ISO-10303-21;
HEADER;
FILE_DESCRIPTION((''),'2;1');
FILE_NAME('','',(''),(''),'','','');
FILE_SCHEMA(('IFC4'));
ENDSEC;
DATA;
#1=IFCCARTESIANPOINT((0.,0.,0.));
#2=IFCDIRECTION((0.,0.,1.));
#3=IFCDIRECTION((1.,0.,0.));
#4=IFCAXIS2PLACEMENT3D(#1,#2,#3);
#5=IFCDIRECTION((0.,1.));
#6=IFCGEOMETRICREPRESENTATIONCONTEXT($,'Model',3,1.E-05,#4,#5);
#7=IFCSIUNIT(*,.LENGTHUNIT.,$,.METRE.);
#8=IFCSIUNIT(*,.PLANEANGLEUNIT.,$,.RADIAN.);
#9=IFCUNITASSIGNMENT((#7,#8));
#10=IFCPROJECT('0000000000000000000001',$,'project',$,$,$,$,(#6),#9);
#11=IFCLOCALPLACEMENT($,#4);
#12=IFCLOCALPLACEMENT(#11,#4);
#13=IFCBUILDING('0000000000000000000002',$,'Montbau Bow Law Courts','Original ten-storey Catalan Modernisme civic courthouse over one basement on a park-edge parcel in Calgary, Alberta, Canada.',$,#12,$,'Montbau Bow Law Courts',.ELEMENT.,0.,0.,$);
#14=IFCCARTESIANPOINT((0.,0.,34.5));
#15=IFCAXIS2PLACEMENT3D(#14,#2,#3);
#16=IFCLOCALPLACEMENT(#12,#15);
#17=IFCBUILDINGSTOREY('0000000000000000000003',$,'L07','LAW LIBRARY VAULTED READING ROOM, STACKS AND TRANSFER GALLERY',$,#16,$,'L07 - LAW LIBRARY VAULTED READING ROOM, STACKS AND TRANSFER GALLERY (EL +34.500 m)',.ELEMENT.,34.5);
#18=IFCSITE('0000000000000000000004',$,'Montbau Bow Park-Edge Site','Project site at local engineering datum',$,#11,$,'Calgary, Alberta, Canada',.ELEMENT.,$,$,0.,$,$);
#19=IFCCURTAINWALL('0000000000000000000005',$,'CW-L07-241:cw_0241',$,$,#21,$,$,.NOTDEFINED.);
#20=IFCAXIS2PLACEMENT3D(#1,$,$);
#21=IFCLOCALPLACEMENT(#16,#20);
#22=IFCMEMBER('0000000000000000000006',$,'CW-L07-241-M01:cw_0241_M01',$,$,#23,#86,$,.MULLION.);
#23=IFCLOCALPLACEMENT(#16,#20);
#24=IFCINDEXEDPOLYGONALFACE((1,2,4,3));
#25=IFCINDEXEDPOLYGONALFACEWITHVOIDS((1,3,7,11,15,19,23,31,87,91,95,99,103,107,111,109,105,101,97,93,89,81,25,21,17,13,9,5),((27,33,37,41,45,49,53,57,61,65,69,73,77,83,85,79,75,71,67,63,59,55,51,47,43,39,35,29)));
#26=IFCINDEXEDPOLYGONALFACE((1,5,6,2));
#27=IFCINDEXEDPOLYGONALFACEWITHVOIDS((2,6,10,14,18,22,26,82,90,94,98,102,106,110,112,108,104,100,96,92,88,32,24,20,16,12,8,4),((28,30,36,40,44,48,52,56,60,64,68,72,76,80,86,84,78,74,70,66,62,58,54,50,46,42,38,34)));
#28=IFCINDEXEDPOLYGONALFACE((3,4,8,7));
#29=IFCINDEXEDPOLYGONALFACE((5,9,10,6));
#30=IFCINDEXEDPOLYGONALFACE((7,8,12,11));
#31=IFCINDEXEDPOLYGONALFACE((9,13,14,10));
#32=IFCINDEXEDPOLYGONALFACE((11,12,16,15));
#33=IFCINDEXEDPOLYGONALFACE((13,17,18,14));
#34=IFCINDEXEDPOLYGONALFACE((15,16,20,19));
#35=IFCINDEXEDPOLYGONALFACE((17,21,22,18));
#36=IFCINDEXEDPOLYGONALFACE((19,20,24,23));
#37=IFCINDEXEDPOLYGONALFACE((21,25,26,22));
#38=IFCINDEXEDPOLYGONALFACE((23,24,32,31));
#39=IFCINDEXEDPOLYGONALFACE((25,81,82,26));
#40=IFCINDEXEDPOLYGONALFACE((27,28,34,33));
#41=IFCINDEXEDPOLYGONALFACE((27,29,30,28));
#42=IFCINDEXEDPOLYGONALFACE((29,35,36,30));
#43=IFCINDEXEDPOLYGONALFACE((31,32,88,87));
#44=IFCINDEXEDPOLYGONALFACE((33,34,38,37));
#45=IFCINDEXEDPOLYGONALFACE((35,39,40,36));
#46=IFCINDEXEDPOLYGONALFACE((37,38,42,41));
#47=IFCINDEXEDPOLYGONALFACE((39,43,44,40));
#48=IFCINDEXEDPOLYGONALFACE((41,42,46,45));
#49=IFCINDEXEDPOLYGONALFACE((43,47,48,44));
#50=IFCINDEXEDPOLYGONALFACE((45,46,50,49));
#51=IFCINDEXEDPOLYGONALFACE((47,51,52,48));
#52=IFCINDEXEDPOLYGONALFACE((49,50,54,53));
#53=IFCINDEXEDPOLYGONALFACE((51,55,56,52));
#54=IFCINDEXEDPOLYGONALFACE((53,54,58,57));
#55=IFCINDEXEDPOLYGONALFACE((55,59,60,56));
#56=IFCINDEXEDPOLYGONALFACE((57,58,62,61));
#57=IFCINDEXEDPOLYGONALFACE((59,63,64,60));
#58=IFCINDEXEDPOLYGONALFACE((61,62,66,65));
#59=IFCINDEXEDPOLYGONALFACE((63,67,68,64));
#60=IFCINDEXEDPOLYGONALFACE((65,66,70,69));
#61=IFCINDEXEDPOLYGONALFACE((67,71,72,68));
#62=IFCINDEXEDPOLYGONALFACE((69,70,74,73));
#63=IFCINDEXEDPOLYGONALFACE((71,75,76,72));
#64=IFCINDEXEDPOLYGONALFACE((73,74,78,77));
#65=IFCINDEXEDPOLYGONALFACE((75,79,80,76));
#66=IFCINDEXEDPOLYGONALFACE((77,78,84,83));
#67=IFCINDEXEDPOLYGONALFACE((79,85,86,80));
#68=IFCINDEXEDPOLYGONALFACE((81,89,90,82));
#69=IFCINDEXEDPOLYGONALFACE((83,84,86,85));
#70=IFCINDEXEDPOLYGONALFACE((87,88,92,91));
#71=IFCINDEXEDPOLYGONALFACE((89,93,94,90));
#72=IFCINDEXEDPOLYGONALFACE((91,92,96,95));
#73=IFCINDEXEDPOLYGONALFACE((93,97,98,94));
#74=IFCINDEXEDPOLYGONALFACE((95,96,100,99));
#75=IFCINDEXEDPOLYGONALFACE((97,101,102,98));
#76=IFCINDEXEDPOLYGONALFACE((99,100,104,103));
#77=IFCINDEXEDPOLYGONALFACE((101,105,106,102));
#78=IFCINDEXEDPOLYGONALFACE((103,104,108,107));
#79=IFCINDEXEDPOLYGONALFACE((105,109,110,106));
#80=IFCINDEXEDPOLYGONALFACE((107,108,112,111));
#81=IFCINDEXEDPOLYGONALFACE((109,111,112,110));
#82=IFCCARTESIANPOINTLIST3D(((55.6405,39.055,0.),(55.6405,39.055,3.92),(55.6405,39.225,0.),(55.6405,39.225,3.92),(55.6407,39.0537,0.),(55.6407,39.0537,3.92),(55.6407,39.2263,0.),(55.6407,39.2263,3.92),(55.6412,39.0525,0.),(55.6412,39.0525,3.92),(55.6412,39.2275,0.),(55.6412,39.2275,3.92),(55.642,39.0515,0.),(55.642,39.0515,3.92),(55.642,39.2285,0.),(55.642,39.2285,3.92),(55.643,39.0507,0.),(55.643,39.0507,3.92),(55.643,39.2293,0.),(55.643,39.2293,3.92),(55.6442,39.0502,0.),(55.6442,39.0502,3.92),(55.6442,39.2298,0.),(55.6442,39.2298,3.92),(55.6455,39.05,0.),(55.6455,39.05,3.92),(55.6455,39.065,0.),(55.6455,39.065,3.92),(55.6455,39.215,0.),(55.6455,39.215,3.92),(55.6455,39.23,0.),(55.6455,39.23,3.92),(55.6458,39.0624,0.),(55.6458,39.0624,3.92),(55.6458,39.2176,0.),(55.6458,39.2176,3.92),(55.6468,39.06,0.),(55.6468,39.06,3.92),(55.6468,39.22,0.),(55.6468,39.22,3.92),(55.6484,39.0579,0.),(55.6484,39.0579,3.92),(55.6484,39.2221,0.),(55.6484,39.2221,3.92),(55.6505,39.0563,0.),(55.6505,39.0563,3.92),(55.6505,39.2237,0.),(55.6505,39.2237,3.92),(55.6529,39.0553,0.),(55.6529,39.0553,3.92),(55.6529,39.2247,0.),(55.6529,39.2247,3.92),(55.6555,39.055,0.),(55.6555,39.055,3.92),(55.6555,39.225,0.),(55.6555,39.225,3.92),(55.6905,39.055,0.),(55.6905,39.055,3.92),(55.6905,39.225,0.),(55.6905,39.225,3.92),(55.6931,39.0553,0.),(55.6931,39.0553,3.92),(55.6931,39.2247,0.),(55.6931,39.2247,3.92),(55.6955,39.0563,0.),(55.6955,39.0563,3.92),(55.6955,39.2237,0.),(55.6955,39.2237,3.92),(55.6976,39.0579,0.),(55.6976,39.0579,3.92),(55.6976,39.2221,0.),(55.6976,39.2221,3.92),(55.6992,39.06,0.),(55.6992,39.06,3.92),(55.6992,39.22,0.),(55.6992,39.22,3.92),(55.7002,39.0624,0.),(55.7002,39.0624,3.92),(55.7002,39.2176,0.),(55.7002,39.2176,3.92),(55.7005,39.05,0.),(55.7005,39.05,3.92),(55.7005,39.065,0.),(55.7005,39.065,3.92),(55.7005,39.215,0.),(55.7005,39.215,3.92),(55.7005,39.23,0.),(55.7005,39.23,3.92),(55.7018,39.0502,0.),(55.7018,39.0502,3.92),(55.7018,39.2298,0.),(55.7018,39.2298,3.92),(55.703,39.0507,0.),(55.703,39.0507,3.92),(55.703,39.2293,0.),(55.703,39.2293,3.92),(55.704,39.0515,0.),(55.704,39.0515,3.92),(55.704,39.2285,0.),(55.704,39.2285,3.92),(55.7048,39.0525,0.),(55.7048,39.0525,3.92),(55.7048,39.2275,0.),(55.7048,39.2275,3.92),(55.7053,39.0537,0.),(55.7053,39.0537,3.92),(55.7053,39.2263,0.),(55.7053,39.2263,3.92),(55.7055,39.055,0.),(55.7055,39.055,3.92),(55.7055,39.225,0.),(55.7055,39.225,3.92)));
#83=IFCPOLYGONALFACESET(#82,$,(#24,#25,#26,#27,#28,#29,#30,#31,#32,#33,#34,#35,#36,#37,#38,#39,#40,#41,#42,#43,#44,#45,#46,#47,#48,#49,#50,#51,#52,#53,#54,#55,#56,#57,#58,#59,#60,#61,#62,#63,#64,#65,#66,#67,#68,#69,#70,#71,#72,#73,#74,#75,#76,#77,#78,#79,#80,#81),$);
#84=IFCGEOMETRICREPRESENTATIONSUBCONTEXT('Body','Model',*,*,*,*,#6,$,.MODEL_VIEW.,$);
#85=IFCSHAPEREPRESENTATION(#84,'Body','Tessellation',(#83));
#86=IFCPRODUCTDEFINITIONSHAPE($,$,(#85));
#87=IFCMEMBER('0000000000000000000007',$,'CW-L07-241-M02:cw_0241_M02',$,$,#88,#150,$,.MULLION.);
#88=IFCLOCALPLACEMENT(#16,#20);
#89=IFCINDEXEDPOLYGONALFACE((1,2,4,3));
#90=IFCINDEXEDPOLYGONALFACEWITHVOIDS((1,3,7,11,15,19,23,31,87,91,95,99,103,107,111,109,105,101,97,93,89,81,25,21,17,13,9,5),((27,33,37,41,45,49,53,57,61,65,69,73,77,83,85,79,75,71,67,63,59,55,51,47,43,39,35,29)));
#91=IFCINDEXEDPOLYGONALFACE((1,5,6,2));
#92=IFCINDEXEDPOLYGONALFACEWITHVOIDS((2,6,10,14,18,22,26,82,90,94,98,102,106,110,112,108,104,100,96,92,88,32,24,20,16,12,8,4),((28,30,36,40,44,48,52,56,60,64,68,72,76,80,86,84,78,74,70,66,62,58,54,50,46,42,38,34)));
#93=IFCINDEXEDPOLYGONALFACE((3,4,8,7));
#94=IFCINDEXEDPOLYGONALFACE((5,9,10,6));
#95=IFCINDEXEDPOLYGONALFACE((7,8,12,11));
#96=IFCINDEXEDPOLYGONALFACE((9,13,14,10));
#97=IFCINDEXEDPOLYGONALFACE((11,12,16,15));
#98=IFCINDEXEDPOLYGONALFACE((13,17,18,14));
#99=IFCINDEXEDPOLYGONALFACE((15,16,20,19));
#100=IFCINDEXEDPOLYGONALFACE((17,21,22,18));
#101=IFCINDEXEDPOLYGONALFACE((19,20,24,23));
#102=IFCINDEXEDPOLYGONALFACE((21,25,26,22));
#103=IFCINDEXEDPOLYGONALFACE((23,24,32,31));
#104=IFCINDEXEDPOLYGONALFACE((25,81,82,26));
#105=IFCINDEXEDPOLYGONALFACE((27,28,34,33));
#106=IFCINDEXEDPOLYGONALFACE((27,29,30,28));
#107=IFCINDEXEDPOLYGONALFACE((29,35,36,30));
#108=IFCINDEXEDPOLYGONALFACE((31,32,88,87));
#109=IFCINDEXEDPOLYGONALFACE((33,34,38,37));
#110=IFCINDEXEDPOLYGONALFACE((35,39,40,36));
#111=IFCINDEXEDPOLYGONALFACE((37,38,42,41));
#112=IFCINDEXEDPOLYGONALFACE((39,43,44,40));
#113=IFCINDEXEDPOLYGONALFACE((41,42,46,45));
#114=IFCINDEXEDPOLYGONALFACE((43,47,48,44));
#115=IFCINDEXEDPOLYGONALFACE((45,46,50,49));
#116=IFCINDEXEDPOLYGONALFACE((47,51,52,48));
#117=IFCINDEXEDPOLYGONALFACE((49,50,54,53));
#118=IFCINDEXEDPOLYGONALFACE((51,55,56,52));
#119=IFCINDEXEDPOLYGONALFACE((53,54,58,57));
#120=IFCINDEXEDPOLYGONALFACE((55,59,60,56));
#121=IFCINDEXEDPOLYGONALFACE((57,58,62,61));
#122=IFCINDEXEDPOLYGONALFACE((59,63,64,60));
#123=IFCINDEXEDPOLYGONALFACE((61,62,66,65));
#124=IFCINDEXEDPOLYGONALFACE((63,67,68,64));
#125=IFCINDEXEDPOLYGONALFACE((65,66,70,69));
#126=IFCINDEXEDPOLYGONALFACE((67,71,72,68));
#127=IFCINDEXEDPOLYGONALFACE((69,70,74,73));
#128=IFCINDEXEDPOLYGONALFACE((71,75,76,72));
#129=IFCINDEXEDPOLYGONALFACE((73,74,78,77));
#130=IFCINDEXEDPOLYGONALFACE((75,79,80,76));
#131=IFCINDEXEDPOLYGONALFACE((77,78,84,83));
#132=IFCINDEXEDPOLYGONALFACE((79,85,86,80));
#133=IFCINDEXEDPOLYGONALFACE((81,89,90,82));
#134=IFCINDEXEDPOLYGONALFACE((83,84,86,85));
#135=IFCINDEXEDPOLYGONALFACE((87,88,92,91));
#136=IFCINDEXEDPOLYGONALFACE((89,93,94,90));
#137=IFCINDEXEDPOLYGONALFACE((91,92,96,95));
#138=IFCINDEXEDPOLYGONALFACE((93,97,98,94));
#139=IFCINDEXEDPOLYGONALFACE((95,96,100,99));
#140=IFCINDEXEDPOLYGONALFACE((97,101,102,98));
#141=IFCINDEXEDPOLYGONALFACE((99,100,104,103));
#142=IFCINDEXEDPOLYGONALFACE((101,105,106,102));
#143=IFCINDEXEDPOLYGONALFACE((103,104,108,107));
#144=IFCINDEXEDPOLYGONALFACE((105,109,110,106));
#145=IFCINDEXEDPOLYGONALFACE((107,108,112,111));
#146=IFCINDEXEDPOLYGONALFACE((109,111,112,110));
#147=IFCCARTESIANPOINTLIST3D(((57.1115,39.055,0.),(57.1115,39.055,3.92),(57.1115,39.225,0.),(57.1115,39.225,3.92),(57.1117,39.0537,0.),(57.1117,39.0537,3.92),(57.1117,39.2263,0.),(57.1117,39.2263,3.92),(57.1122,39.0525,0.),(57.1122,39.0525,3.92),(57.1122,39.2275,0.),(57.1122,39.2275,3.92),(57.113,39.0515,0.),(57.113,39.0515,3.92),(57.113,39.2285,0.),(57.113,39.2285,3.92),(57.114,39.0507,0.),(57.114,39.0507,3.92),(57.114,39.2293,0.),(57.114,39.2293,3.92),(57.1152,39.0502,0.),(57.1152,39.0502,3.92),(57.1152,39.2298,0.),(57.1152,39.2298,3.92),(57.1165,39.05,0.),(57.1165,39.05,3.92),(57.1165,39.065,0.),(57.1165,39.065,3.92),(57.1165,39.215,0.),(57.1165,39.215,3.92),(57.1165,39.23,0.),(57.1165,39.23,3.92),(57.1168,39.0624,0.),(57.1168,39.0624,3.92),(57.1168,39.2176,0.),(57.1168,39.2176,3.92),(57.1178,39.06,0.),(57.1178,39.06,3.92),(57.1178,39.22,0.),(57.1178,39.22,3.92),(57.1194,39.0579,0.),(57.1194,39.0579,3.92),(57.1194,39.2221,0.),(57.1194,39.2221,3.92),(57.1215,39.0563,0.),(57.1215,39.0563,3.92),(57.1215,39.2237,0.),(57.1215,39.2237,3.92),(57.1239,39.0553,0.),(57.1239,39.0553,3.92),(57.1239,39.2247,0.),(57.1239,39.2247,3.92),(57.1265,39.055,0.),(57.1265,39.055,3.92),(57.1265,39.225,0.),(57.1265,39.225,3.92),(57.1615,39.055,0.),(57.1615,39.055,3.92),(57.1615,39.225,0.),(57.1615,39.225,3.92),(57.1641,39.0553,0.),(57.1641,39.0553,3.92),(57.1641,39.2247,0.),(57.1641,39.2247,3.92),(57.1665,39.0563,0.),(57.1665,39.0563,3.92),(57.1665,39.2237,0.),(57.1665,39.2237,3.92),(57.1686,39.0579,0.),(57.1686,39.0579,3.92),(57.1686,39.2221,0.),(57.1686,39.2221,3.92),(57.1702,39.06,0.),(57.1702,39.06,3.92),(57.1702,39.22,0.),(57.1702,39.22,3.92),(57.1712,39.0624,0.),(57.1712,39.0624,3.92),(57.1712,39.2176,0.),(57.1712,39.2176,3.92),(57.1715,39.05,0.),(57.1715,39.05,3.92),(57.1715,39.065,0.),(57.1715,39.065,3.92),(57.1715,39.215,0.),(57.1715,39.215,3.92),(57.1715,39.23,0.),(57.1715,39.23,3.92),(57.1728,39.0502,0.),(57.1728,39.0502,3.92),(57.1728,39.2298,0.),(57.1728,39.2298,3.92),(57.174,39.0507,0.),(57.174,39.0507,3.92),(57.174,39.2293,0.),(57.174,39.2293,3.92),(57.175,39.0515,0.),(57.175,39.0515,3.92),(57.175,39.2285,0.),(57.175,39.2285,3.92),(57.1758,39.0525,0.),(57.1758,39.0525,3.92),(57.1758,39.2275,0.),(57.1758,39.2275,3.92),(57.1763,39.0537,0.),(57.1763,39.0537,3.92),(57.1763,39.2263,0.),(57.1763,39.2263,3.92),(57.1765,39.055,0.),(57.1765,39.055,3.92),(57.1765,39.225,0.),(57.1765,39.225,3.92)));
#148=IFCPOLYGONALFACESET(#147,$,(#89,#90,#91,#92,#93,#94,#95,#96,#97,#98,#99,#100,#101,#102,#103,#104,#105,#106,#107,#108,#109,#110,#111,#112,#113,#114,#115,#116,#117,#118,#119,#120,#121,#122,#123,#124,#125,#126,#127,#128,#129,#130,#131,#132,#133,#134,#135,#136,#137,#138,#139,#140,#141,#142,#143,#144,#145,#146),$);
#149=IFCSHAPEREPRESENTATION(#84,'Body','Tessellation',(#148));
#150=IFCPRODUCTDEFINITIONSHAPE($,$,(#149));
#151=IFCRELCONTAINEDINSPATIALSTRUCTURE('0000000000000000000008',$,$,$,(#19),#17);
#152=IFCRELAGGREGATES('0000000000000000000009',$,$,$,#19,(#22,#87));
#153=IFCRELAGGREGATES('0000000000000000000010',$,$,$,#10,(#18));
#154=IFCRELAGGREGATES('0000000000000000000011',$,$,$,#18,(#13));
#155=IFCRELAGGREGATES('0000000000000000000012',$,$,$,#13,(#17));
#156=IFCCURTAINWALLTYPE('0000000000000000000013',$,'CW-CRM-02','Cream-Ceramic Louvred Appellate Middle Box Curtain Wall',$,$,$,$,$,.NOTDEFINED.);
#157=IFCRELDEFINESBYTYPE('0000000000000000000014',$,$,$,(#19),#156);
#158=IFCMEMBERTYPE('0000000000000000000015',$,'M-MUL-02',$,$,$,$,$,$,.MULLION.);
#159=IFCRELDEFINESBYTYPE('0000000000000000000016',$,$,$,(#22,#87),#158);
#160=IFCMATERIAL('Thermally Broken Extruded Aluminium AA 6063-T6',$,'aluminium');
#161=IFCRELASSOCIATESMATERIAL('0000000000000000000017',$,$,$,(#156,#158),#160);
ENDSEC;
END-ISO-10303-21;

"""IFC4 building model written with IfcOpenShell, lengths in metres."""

from ifc_helpers import new_model, si_unit, direction, frame, origin_with_axes, origin_2d_with_axis, place, context, subcontext, project, spatial, hollow_rectangle, extrude, material, material_profile, profile_set, type_object, element, aggregate, save


model = new_model("IFC4")

# Units and contexts
model_context = context("Model", 3, precision=1e-05, world=origin_with_axes(), true_north=direction((0.0, 1.0)))
body_context = subcontext(model_context, "Body", "Model", "MODEL_VIEW")
ifc_project = project(units=[si_unit("LENGTHUNIT", "METRE"), si_unit("PLANEANGLEUNIT", "RADIAN")], contexts=[model_context])

# Site, building, storey
site_placement = place(None, origin_with_axes())
site = spatial("IfcSite", under=ifc_project, at=site_placement, Name="Montbau Bow Park-Edge Site", Description="Project site at local engineering datum", LongName="Calgary, Alberta, Canada", CompositionType="ELEMENT", RefElevation=0.0)
building_placement = place(site_placement, origin_with_axes())
building = spatial("IfcBuilding", under=site, at=building_placement, Name="Montbau Bow Law Courts", Description="Original ten-storey Catalan Modernisme civic courthouse over one basement on a park-edge parcel in Calgary, Alberta, Canada.", LongName="Montbau Bow Law Courts", CompositionType="ELEMENT", ElevationOfRefHeight=0.0, ElevationOfTerrain=0.0)
storey_placement = place(building_placement, frame((0.0, 0.0, 34.5), z_axis=(0.0, 0.0, 1.0), x_axis=(1.0, 0.0, 0.0)))
storey = spatial("IfcBuildingStorey", under=building, at=storey_placement, Name="L07", Description="LAW LIBRARY VAULTED READING ROOM, STACKS AND TRANSFER GALLERY", LongName="L07 - LAW LIBRARY VAULTED READING ROOM, STACKS AND TRANSFER GALLERY (EL +34.500 m)", CompositionType="ELEMENT", Elevation=34.5)

# Curtain wall, members
ifc_material_1 = material(Name="Thermally Broken Extruded Aluminium AA 6063-T6", Category="aluminium")
curtain_wall_type = type_object("IfcCurtainWallType", Name="CW-CRM-02", Description="Cream-Ceramic Louvred Appellate Middle Box Curtain Wall", PredefinedType="NOTDEFINED", material=ifc_material_1)
curtain_wall_placement = place(None, frame((55.64, 39.14, 34.5), z_axis=(0.0, 0.0, 1.0), x_axis=(1.0, 0.0, 0.0)))
curtain_wall = element("IfcCurtainWall", 1, at=curtain_wall_placement, inside=storey, type_object=curtain_wall_type, Name="CW-L07-241:cw_0241", PredefinedType="NOTDEFINED")
ifc_material_profile_1 = material_profile(ifc_material_1, hollow_rectangle(XDim=0.065, YDim=0.18, WallThickness=0.005, InnerFilletRadius=0.01, OuterFilletRadius=0.005, at=origin_2d_with_axis()), Name="CWM-180X65", Category="Main", Priority=0)
ifc_profile_set_1 = profile_set([ifc_material_profile_1], Name="Thermally Broken Extruded Aluminium AA 6063-T6")
member_type_1 = type_object("IfcMemberType", Name="M-MUL-02", PredefinedType="MULLION", material=ifc_profile_set_1)
member_1_placement = place(None, frame((55.673, 39.14, 34.5), z_axis=(0.0, 0.0, 1.0), x_axis=(1.0, 0.0, 0.0)))
member_1 = element("IfcMember", 2, at=member_1_placement, type_object=member_type_1, Name="CW-L07-241-M01:cw_0241_M01", PredefinedType="MULLION", context=body_context, shape_type="SweptSolid", body=[
    extrude(hollow_rectangle(XDim=0.065, YDim=0.18, WallThickness=0.005, InnerFilletRadius=0.01, OuterFilletRadius=0.005, at=origin_2d_with_axis()), origin_with_axes(), (0.0, 0.0, 1.0), 3.92),
])
member_2_placement = place(None, frame((57.144, 39.14, 34.5), z_axis=(0.0, 0.0, 1.0), x_axis=(1.0, 0.0, 0.0)))
member_2 = element("IfcMember", 3, at=member_2_placement, type_object=member_type_1, Name="CW-L07-241-M02:cw_0241_M02", PredefinedType="MULLION", context=body_context, shape_type="SweptSolid", body=[
    extrude(hollow_rectangle(XDim=0.065, YDim=0.18, WallThickness=0.005, InnerFilletRadius=0.01, OuterFilletRadius=0.005, at=origin_2d_with_axis()), origin_with_axes(), (0.0, 0.0, 1.0), 3.92),
])
aggregate(curtain_wall, [member_1, member_2])

save(model, "model.ifc")
